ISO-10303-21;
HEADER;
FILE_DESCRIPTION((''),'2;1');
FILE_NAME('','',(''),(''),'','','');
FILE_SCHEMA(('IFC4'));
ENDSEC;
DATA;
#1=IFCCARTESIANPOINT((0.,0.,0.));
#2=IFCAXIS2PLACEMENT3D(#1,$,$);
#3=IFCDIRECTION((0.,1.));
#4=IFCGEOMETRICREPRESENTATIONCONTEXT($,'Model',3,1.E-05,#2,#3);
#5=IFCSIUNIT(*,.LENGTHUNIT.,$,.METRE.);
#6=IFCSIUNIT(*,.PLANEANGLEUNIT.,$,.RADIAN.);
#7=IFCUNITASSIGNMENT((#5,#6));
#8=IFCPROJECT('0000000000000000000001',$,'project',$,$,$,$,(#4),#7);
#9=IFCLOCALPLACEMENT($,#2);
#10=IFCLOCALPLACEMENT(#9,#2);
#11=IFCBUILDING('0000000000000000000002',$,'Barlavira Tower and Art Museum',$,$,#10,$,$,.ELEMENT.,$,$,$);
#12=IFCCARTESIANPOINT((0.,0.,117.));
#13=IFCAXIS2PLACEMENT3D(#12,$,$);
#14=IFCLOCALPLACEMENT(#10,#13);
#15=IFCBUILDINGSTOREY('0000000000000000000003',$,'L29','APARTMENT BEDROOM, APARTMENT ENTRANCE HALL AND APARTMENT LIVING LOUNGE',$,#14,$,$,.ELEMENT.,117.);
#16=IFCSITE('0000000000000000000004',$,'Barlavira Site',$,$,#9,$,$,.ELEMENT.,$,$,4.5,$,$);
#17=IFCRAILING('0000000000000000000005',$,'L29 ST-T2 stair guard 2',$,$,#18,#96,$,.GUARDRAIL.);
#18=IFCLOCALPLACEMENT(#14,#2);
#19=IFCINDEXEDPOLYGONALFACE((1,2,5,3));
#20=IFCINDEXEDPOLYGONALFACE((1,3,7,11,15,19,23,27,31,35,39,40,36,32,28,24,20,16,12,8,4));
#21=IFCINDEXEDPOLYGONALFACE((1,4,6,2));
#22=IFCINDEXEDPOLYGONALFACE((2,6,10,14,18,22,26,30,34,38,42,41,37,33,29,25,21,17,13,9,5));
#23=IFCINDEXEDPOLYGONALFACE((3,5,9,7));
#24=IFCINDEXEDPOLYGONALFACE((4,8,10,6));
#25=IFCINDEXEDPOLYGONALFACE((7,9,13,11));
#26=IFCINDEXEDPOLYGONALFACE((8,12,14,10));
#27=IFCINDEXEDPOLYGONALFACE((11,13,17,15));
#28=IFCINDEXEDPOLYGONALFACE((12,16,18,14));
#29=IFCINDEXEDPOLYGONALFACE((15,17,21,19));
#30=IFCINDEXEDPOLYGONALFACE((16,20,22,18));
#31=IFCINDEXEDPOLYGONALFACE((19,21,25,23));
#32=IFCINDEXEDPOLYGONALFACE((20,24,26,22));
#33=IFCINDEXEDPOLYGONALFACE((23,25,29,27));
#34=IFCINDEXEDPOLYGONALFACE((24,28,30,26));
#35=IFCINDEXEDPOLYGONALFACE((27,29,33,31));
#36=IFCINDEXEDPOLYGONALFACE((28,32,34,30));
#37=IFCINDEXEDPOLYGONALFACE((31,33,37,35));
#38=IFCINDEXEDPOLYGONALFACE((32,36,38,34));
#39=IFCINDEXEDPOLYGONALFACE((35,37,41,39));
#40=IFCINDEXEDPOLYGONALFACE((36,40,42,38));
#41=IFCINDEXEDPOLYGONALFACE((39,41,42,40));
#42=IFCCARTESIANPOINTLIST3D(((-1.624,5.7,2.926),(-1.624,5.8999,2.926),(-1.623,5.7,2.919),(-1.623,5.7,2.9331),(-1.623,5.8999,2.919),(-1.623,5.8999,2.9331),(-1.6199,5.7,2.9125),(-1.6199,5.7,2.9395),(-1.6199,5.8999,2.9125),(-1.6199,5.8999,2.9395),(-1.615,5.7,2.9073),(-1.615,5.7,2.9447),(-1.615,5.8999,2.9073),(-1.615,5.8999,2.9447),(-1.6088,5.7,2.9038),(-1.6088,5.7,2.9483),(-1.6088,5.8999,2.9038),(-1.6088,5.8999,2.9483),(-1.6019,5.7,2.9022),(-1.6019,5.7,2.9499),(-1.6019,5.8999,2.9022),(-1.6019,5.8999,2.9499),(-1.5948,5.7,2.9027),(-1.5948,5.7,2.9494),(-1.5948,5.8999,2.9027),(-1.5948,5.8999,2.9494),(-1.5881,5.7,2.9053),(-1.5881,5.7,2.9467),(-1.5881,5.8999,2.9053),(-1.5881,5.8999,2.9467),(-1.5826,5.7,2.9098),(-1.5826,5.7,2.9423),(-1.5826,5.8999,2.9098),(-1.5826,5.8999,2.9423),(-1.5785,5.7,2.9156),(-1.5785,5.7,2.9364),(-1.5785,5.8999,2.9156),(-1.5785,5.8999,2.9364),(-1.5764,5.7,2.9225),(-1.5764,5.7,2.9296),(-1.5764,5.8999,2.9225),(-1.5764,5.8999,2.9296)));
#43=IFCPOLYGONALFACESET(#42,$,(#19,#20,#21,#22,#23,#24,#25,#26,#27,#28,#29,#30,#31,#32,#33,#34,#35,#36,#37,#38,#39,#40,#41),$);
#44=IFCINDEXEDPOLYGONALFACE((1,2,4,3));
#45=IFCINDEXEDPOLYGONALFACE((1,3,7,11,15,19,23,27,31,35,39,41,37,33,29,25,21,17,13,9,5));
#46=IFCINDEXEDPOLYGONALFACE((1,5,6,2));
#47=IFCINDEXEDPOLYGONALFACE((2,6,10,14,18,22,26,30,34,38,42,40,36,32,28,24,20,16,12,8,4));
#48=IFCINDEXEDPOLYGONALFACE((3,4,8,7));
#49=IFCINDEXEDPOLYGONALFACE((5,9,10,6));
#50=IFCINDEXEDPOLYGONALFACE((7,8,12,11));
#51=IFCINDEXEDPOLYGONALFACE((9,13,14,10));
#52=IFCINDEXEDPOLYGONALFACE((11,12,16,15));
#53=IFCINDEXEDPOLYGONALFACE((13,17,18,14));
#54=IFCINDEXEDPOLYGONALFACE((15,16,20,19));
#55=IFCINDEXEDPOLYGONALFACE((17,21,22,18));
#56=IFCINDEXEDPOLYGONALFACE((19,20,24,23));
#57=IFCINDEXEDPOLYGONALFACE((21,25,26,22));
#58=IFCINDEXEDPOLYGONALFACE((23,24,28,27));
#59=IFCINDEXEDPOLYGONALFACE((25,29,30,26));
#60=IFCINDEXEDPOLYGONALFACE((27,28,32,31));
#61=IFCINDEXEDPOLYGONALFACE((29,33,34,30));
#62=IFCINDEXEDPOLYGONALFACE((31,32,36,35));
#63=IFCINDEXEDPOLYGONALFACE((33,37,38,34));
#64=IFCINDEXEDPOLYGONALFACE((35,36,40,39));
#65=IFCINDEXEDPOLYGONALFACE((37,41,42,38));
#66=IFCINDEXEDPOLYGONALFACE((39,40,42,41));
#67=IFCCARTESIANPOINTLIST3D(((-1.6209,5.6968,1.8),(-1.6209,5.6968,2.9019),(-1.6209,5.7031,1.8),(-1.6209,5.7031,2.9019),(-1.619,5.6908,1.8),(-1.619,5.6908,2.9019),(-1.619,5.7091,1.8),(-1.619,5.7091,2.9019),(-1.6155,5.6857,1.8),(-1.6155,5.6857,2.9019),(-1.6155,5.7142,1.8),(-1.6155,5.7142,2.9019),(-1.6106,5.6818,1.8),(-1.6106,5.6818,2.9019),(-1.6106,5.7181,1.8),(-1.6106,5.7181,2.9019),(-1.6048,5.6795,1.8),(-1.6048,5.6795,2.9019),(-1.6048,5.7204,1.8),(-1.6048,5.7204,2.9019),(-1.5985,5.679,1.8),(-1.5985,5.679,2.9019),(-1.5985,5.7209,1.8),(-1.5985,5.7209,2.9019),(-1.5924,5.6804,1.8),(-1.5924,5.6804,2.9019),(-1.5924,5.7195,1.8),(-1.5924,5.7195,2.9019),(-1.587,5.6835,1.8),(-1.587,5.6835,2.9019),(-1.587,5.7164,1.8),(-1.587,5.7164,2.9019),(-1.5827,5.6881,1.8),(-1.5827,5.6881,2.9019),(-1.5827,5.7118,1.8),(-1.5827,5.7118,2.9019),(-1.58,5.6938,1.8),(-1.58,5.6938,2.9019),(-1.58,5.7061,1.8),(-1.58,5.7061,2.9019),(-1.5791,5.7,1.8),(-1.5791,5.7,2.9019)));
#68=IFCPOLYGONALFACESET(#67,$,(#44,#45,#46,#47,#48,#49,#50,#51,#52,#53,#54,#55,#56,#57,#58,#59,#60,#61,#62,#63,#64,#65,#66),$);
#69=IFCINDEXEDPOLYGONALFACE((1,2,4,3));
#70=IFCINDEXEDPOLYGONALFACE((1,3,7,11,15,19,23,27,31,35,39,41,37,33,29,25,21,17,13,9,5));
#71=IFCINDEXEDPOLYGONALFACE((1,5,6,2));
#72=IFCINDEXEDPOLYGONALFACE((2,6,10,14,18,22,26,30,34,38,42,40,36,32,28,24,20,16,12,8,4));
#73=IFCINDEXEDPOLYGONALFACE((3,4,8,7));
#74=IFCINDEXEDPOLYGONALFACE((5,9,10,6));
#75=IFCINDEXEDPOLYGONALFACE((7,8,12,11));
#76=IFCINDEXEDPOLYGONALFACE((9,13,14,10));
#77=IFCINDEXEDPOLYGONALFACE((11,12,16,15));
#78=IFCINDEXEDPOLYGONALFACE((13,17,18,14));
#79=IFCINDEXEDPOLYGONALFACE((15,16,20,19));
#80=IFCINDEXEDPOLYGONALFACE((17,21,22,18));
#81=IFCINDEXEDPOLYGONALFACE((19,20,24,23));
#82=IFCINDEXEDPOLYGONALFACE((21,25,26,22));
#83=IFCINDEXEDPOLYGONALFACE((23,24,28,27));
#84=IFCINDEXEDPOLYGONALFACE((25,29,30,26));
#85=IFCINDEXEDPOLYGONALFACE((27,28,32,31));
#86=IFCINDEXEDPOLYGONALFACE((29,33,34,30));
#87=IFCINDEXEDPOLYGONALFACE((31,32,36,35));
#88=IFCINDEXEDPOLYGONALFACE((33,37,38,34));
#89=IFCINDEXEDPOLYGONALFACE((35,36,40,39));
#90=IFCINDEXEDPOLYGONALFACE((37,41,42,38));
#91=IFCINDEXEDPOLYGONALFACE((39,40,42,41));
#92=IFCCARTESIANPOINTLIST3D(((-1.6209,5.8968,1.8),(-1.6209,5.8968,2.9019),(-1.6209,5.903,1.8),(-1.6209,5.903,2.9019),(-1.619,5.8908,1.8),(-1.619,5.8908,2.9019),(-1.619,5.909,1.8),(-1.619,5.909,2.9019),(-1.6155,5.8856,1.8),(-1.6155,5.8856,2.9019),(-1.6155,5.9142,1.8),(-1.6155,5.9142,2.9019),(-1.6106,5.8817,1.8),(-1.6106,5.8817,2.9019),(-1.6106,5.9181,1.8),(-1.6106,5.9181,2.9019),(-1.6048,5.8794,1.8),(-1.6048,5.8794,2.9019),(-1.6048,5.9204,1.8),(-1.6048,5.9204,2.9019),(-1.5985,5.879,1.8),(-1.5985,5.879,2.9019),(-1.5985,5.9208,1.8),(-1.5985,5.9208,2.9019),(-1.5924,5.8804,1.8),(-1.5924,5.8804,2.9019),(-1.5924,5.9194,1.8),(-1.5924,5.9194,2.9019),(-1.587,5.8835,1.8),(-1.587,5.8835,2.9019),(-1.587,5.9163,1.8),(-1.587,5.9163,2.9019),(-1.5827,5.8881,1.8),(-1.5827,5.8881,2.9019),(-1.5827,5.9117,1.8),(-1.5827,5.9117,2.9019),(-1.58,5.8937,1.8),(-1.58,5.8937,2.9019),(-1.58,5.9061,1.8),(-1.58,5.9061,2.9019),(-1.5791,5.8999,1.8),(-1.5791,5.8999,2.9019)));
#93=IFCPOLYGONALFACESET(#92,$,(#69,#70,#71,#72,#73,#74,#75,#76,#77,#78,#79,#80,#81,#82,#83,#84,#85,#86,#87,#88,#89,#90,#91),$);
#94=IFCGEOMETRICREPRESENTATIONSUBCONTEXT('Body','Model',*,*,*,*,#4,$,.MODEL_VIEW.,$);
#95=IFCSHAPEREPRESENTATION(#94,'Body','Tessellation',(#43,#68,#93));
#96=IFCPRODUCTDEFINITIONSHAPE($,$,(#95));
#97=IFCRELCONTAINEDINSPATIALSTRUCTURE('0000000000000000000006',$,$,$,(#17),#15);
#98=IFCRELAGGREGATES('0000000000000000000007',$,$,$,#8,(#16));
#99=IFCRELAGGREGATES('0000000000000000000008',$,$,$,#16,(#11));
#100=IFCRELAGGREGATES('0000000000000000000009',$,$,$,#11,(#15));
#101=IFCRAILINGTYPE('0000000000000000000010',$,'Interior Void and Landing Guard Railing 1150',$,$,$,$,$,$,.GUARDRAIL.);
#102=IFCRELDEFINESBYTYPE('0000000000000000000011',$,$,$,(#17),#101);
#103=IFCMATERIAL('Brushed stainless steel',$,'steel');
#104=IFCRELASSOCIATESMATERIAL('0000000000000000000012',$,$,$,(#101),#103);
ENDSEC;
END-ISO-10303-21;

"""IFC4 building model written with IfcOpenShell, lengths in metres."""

from ifc_helpers import new_model, si_unit, direction, frame, origin, origin_2d, place, context, subcontext, project, spatial, circle, extrude, material, type_object, element, save


model = new_model("IFC4")

# Units and contexts
model_context = context("Model", 3, precision=1e-05, world=origin(), true_north=direction((0.0, 1.0)))
body_context = subcontext(model_context, "Body", "Model", "MODEL_VIEW")
ifc_project = project(units=[si_unit("LENGTHUNIT", "METRE"), si_unit("PLANEANGLEUNIT", "RADIAN")], contexts=[model_context])

# Site, building, storey
site_placement = place(None, origin())
site = spatial("IfcSite", under=ifc_project, at=site_placement, Name="Barlavira Site", CompositionType="ELEMENT", RefElevation=4.5)
building_placement = place(site_placement, origin())
building = spatial("IfcBuilding", under=site, at=building_placement, Name="Barlavira Tower and Art Museum", CompositionType="ELEMENT")
storey_placement = place(building_placement, frame((0.0, 0.0, 117.0)))
storey = spatial("IfcBuildingStorey", under=building, at=storey_placement, Name="L29", Description="APARTMENT BEDROOM, APARTMENT ENTRANCE HALL AND APARTMENT LIVING LOUNGE", CompositionType="ELEMENT", Elevation=117.0)

# Shared definitions
ifc_material_1 = material(Name="Brushed stainless steel", Category="steel")

# Railing
railing_type_1 = type_object("IfcRailingType", Name="Interior Void and Landing Guard Railing 1150", PredefinedType="GUARDRAIL", material=ifc_material_1)
railing_1_placement = place(storey_placement, frame((-1.6001, 5.7, 1.8)))
element("IfcRailing", 1, at=railing_1_placement, inside=storey, type_object=railing_type_1, Name="L29 ST-T2 stair guard 2", PredefinedType="GUARDRAIL", context=body_context, shape_type="SweptSolid", body=[
    extrude(circle(Radius=0.0239, at=origin_2d()), frame((0.0, 0.0, 1.126), z_axis=(0.0, 1.0, 0.0), x_axis=(-1.0, 0.0, 0.0)), (0.0, 0.0, 1.0), 0.2),
    extrude(circle(Radius=0.021, at=origin_2d()), origin(), (0.0, 0.0, 1.0), 1.1018),
    extrude(circle(Radius=0.021, at=origin_2d()), frame((0.0, 0.2, 0.0)), (0.0, 0.0, 1.0), 1.1018),
])

save(model, "model.ifc")
